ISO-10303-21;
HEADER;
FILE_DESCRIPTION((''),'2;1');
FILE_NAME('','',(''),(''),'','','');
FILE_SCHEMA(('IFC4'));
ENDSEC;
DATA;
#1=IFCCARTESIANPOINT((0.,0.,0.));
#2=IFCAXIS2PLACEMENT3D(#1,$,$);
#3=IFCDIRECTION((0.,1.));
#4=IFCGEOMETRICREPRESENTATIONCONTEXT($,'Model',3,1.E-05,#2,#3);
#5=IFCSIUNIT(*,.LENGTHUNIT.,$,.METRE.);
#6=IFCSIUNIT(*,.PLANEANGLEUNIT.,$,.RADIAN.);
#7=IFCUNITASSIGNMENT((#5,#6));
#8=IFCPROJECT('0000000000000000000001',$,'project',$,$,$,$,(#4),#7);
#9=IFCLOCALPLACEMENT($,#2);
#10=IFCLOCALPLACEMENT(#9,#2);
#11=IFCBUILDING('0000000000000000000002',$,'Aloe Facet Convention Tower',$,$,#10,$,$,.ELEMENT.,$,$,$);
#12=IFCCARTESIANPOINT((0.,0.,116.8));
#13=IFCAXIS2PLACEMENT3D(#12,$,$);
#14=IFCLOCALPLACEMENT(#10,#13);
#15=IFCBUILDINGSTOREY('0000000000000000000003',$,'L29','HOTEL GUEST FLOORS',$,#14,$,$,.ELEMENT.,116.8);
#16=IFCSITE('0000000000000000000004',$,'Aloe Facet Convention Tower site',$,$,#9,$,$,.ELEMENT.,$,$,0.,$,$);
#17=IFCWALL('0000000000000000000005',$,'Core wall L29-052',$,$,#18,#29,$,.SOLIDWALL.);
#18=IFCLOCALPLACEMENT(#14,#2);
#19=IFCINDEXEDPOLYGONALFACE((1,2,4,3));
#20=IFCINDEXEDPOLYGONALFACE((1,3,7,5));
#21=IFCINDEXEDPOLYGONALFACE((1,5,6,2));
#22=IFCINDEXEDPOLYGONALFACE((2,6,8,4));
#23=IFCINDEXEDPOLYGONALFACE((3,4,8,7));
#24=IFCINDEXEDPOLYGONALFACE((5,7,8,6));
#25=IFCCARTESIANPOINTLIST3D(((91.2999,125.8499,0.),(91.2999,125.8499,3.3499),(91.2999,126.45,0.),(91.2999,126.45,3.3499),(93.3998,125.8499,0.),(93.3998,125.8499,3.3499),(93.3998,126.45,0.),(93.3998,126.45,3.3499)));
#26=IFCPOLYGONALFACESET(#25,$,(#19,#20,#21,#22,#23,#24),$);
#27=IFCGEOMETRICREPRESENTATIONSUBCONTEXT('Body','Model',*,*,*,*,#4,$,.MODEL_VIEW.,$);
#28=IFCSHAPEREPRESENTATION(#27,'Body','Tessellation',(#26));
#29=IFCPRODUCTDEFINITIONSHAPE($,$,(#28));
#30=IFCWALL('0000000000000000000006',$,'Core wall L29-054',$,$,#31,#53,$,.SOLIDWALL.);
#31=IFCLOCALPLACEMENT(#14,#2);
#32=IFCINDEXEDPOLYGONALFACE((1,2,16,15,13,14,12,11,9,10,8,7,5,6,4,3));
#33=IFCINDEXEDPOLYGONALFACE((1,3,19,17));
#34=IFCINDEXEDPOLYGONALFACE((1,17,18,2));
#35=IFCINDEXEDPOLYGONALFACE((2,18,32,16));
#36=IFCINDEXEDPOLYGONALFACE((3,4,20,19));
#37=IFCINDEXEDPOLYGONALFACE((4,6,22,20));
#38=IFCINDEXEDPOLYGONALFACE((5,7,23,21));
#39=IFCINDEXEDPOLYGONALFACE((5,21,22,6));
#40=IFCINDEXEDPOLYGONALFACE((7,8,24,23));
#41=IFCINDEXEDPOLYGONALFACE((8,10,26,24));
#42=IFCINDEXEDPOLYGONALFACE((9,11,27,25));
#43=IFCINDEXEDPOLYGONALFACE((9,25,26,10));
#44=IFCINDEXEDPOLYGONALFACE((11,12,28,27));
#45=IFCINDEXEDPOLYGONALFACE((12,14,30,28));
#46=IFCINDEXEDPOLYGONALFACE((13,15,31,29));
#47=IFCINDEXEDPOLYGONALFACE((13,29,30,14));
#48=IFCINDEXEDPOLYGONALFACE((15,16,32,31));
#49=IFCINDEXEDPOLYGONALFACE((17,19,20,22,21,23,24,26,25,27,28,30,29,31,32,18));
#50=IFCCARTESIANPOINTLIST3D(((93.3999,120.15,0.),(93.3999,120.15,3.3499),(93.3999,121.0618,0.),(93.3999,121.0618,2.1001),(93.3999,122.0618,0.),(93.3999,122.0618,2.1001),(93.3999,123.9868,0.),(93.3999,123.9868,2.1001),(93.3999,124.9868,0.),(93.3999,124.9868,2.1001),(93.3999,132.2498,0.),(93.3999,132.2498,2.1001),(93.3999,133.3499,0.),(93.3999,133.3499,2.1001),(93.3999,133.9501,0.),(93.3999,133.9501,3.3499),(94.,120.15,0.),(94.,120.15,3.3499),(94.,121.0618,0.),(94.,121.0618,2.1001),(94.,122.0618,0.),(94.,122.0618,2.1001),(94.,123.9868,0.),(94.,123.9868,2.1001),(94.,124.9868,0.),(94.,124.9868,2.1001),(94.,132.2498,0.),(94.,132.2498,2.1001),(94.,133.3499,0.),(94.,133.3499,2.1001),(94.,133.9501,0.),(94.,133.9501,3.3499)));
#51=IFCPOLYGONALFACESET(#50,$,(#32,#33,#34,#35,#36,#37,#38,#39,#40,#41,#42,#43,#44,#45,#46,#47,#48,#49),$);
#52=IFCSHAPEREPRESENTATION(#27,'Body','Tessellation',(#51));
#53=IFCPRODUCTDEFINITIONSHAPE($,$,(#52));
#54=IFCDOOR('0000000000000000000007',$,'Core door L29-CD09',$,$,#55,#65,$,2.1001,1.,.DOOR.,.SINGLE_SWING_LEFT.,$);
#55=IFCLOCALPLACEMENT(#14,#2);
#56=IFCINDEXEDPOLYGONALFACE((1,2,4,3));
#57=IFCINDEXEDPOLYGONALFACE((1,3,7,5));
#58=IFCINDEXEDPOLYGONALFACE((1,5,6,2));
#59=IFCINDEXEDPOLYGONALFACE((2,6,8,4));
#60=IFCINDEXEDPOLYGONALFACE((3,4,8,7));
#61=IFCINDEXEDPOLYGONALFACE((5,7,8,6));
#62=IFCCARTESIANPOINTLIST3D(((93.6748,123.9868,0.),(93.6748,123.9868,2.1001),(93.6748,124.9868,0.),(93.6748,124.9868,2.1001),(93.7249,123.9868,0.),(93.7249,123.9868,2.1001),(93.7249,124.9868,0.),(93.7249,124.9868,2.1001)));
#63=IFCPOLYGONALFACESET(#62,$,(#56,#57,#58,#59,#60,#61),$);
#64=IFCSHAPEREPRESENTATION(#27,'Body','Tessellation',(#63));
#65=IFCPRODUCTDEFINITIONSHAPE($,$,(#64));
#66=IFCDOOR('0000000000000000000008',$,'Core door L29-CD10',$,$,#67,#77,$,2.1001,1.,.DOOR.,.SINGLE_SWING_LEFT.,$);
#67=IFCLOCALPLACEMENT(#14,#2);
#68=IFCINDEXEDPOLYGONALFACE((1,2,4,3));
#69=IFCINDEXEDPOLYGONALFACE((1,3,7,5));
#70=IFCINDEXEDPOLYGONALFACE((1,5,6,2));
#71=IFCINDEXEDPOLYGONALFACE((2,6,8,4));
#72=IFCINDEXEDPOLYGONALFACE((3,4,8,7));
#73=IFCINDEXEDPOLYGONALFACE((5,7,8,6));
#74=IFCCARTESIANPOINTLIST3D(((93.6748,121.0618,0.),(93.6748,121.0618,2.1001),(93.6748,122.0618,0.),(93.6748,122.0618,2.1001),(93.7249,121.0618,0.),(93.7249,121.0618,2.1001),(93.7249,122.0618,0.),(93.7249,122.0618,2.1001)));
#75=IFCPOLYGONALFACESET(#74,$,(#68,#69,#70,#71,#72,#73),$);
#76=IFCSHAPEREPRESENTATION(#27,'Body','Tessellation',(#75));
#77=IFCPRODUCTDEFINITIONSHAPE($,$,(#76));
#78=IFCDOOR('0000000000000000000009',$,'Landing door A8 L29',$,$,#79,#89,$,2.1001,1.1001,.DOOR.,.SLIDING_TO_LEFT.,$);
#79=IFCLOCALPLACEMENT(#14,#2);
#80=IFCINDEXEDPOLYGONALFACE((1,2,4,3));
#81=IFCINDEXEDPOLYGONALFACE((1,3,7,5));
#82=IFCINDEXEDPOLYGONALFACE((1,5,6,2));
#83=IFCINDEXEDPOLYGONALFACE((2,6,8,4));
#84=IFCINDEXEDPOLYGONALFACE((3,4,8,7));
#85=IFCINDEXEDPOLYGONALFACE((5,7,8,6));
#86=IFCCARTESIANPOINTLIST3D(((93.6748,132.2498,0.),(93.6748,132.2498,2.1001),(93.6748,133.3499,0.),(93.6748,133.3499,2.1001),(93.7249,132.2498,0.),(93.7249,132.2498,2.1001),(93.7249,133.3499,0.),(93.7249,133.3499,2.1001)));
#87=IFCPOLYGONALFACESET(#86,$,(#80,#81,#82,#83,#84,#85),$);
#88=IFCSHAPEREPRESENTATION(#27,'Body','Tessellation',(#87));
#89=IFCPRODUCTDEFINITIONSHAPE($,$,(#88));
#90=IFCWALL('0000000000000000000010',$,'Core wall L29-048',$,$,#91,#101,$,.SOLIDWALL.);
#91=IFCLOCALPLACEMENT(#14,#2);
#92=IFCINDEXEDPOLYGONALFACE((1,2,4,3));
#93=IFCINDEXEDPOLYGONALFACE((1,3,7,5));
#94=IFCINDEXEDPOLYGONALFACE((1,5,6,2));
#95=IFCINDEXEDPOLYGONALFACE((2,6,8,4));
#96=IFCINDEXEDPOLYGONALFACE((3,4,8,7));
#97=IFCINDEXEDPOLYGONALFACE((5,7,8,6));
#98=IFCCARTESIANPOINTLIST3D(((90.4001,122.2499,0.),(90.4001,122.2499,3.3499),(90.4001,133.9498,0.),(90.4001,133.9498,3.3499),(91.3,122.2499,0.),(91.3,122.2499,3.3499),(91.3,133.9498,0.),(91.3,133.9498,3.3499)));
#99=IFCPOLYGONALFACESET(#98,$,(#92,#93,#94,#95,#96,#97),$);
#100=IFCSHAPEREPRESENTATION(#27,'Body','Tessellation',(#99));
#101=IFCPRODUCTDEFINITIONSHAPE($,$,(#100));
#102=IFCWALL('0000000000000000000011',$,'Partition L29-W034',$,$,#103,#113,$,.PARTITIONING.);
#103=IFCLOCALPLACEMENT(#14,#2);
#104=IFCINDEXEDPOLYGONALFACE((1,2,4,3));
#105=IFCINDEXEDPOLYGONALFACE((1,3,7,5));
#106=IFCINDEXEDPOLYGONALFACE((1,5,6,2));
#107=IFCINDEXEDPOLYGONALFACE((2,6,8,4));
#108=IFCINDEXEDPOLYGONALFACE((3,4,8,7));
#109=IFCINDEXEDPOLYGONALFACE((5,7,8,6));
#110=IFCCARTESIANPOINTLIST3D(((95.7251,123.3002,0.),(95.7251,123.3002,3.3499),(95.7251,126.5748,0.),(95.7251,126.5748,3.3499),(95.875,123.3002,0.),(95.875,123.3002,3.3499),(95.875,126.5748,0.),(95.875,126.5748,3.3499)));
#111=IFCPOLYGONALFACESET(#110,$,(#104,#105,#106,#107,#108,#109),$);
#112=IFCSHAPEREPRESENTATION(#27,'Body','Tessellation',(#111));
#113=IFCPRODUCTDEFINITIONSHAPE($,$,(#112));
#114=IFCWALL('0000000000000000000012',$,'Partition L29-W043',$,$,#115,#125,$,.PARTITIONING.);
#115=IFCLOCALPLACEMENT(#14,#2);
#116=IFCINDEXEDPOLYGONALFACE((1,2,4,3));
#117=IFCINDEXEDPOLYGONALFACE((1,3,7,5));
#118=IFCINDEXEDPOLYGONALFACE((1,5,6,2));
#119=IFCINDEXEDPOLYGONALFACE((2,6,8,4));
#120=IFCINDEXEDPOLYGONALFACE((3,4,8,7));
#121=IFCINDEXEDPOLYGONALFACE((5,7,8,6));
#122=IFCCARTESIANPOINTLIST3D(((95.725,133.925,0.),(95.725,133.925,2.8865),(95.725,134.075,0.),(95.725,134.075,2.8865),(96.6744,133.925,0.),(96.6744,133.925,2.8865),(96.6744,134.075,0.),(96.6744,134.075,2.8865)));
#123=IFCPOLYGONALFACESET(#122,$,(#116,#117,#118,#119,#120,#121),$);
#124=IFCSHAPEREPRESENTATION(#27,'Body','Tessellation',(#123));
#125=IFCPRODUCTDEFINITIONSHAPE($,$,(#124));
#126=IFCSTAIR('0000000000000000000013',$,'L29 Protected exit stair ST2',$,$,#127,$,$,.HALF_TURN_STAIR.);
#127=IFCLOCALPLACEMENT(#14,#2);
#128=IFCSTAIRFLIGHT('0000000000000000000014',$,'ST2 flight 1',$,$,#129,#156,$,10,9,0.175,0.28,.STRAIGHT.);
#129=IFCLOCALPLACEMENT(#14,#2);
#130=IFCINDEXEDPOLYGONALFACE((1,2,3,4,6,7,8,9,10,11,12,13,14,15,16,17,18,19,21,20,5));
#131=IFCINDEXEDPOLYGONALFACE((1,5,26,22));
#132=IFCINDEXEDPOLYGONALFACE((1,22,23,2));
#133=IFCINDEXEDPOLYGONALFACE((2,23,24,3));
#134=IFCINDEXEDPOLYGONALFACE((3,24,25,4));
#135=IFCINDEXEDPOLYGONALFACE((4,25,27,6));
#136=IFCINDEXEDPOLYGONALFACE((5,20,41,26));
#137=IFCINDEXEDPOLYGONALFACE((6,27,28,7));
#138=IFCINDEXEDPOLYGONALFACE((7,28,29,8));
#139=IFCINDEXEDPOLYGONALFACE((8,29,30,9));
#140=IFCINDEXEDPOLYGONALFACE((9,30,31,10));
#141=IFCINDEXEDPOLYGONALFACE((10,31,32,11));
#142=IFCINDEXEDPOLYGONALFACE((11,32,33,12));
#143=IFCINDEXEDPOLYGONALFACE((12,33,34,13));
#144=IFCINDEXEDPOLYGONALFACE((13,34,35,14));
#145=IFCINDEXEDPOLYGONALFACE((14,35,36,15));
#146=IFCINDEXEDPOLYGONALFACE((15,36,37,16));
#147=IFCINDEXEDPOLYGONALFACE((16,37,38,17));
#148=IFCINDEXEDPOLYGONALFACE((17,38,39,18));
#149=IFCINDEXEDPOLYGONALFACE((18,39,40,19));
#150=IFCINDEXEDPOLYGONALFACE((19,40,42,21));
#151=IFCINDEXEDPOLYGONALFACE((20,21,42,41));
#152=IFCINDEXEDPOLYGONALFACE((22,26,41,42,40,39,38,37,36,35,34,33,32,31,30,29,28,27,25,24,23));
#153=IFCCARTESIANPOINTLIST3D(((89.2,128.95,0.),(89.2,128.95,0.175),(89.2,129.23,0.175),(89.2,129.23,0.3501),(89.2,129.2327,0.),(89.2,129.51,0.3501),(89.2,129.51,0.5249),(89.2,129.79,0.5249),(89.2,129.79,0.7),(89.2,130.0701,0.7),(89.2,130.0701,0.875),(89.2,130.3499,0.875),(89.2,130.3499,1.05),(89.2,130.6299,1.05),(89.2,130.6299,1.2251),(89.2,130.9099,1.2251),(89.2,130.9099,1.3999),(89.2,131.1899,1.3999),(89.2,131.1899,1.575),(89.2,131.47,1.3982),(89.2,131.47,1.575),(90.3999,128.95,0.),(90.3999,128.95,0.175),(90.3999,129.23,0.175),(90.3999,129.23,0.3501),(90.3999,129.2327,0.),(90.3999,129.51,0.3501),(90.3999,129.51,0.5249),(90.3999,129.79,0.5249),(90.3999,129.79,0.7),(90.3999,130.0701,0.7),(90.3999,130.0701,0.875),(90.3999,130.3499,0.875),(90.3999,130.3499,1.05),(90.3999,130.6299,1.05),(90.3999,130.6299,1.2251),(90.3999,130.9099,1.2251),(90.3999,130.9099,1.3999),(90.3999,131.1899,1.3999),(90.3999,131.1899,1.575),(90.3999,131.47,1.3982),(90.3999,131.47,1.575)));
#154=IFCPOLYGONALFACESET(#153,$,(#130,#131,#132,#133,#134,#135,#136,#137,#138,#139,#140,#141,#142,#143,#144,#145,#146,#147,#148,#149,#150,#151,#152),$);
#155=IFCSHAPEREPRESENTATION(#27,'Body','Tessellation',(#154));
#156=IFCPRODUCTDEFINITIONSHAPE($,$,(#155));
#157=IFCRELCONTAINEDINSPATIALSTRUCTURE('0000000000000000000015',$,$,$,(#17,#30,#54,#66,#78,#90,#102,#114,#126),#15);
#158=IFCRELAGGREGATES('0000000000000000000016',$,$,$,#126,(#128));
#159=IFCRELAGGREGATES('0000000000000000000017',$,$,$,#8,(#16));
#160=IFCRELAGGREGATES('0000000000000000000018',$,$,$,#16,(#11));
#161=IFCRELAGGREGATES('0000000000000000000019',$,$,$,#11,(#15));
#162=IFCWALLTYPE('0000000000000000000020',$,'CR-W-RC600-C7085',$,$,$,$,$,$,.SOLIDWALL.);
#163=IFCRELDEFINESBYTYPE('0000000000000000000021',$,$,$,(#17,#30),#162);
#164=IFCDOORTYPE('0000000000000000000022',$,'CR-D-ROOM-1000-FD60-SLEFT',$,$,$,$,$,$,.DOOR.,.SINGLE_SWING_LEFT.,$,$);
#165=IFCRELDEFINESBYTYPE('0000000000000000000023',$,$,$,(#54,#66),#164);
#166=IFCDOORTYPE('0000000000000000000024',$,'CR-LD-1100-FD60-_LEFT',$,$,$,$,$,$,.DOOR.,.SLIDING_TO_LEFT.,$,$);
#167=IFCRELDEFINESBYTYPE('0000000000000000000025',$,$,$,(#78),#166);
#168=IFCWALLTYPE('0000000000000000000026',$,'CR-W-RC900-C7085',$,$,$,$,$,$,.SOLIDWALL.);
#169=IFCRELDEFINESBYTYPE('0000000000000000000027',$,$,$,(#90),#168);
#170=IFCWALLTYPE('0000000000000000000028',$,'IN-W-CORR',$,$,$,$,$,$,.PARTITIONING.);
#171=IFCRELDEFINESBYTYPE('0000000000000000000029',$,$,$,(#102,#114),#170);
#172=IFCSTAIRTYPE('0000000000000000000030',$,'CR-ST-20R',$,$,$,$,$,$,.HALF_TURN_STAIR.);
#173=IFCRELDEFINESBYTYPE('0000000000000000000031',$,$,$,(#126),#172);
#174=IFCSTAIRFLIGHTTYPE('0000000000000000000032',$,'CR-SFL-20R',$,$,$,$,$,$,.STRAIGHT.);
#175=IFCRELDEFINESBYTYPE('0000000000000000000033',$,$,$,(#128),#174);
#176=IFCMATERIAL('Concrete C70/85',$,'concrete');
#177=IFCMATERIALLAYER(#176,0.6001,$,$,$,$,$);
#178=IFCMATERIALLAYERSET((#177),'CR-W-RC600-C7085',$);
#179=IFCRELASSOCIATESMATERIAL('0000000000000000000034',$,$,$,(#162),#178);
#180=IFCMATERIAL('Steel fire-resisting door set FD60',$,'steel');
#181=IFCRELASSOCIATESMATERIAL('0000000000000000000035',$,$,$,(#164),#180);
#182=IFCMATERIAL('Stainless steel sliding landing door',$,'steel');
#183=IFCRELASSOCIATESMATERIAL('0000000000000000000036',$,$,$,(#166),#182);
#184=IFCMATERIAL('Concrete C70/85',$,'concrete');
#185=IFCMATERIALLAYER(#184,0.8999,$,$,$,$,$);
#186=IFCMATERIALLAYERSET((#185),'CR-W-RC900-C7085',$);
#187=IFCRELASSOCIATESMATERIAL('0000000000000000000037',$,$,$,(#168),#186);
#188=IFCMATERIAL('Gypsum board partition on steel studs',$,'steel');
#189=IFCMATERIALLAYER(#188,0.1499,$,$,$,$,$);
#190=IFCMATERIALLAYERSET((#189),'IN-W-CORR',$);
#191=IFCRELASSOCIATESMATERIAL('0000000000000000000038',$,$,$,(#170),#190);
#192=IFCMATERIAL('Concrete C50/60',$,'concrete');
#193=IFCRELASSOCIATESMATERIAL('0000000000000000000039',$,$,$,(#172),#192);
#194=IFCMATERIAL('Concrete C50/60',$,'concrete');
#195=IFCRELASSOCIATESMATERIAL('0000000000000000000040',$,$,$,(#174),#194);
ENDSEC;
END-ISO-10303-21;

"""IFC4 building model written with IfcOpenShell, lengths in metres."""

from ifc_helpers import new_model, si_unit, direction, frame, frame_2d, origin, place, context, subcontext, project, spatial, polyline, rectangle, outline, extrude, material, layer, layer_set, type_object, element, fill, aggregate, save


model = new_model("IFC4")

# Units and contexts
model_context = context("Model", 3, precision=1e-05, world=origin(), true_north=direction((0.0, 1.0)))
body_context = subcontext(model_context, "Body", "Model", "MODEL_VIEW")
ifc_project = project(units=[si_unit("LENGTHUNIT", "METRE"), si_unit("PLANEANGLEUNIT", "RADIAN")], contexts=[model_context])

# Site, building, storey
site_placement = place(None, origin())
site = spatial("IfcSite", under=ifc_project, at=site_placement, Name="Aloe Facet Convention Tower site", CompositionType="ELEMENT", RefElevation=0.0)
building_placement = place(site_placement, origin())
building = spatial("IfcBuilding", under=site, at=building_placement, Name="Aloe Facet Convention Tower", CompositionType="ELEMENT")
storey_placement = place(building_placement, frame((0.0, 0.0, 116.8)))
storey = spatial("IfcBuildingStorey", under=building, at=storey_placement, Name="L29", Description="HOTEL GUEST FLOORS", CompositionType="ELEMENT", Elevation=116.8)

# Wall
ifc_material_1 = material(Name="Concrete C70/85", Category="concrete")
ifc_layer_1 = layer(ifc_material_1, 0.6001)
ifc_layer_set_1 = layer_set([ifc_layer_1], Name="CR-W-RC600-C7085")
wall_type_1 = type_object("IfcWallType", Name="CR-W-RC600-C7085", PredefinedType="SOLIDWALL", material=ifc_layer_set_1)
wall_1_placement = place(storey_placement, frame((91.3, 126.1499, 0.0), z_axis=(0.0, 0.0, 1.0), x_axis=(1.0, 0.0, 0.0)))
element("IfcWall", 1, at=wall_1_placement, inside=storey, type_object=wall_type_1, Name="Core wall L29-052", PredefinedType="SOLIDWALL", context=body_context, shape_type="SweptSolid", body=[
    extrude(rectangle(XDim=2.0999, YDim=0.6001, at=frame_2d((1.0498, 0.0))), origin(), (0.0, 0.0, 1.0), 3.3499),
])

# Wall, openings, doors
wall_2_placement = place(storey_placement, frame((93.7, 133.95, 0.0), z_axis=(0.0, 0.0, 1.0), x_axis=(0.0, -1.0, 0.0)))
wall_2 = element("IfcWall", 2, at=wall_2_placement, inside=storey, type_object=wall_type_1, Name="Core wall L29-054", PredefinedType="SOLIDWALL", context=body_context, shape_type="SweptSolid", body=[
    extrude(rectangle(XDim=13.8, YDim=0.6001, at=frame_2d((6.8999, 0.0))), origin(), (0.0, 0.0, 1.0), 3.3499),
])
opening_1_placement = place(wall_2_placement, frame((0.6001, 0.0, 0.0)))
opening_1 = element("IfcOpeningElement", 3, at=opening_1_placement, cuts=wall_2, PredefinedType="OPENING", context=body_context, shape_type="SweptSolid", body=[
    extrude(rectangle(XDim=1.1001, YDim=2.1001, at=frame_2d((0.55, 1.05))), frame((0.0, 0.3101, 0.0), z_axis=(0.0, -1.0, 0.0), x_axis=(1.0, 0.0, 0.0)), (0.0, 0.0, 1.0), 0.6201),
])
opening_2_placement = place(wall_2_placement, frame((8.9631, 0.0, 0.0)))
opening_2 = element("IfcOpeningElement", 4, at=opening_2_placement, cuts=wall_2, PredefinedType="OPENING", context=body_context, shape_type="SweptSolid", body=[
    extrude(rectangle(XDim=1.0, YDim=2.1001, at=frame_2d((0.5, 1.05))), frame((0.0, 0.3101, 0.0), z_axis=(0.0, -1.0, 0.0), x_axis=(1.0, 0.0, 0.0)), (0.0, 0.0, 1.0), 0.6201),
])
opening_3_placement = place(wall_2_placement, frame((11.8882, 0.0, 0.0)))
opening_3 = element("IfcOpeningElement", 5, at=opening_3_placement, cuts=wall_2, PredefinedType="OPENING", context=body_context, shape_type="SweptSolid", body=[
    extrude(rectangle(XDim=1.0, YDim=2.1001, at=frame_2d((0.5, 1.05))), frame((0.0, 0.3101, 0.0), z_axis=(0.0, -1.0, 0.0), x_axis=(1.0, 0.0, 0.0)), (0.0, 0.0, 1.0), 0.6201),
])
ifc_material_2 = material(Name="Steel fire-resisting door set FD60", Category="steel")
door_type_1 = type_object("IfcDoorType", Name="CR-D-ROOM-1000-FD60-SLEFT", OperationType="SINGLE_SWING_LEFT", PredefinedType="DOOR", material=ifc_material_2)
door_1_placement = place(opening_2_placement, origin())
door_1 = element("IfcDoor", 6, at=door_1_placement, inside=storey, type_object=door_type_1, Name="Core door L29-CD09", OperationType="SINGLE_SWING_LEFT", OverallHeight=2.1001, OverallWidth=1.0, PredefinedType="DOOR", context=body_context, shape_type="SweptSolid", body=[
    extrude(rectangle(XDim=1.0, YDim=2.1001, at=frame_2d((0.5, 1.05))), frame((0.0, 0.0249, 0.0), z_axis=(0.0, -1.0, 0.0), x_axis=(1.0, 0.0, 0.0)), (0.0, 0.0, 1.0), 0.05),
])
fill(opening_2, door_1)
door_2_placement = place(opening_3_placement, origin())
door_2 = element("IfcDoor", 7, at=door_2_placement, inside=storey, type_object=door_type_1, Name="Core door L29-CD10", OperationType="SINGLE_SWING_LEFT", OverallHeight=2.1001, OverallWidth=1.0, PredefinedType="DOOR", context=body_context, shape_type="SweptSolid", body=[
    extrude(rectangle(XDim=1.0, YDim=2.1001, at=frame_2d((0.5, 1.05))), frame((0.0, 0.0249, 0.0), z_axis=(0.0, -1.0, 0.0), x_axis=(1.0, 0.0, 0.0)), (0.0, 0.0, 1.0), 0.05),
])
fill(opening_3, door_2)
ifc_material_3 = material(Name="Stainless steel sliding landing door", Category="steel")
door_type_2 = type_object("IfcDoorType", Name="CR-LD-1100-FD60-_LEFT", OperationType="SLIDING_TO_LEFT", PredefinedType="DOOR", material=ifc_material_3)
door_3_placement = place(opening_1_placement, origin())
door_3 = element("IfcDoor", 8, at=door_3_placement, inside=storey, type_object=door_type_2, Name="Landing door A8 L29", OperationType="SLIDING_TO_LEFT", OverallHeight=2.1001, OverallWidth=1.1001, PredefinedType="DOOR", context=body_context, shape_type="SweptSolid", body=[
    extrude(rectangle(XDim=1.1001, YDim=2.1001, at=frame_2d((0.55, 1.05))), frame((0.0, 0.0249, 0.0), z_axis=(0.0, -1.0, 0.0), x_axis=(1.0, 0.0, 0.0)), (0.0, 0.0, 1.0), 0.05),
])
fill(opening_1, door_3)

# Walls
ifc_material_4 = material(Name="Concrete C70/85", Category="concrete")
ifc_layer_2 = layer(ifc_material_4, 0.8999)
ifc_layer_set_2 = layer_set([ifc_layer_2], Name="CR-W-RC900-C7085")
wall_type_2 = type_object("IfcWallType", Name="CR-W-RC900-C7085", PredefinedType="SOLIDWALL", material=ifc_layer_set_2)
wall_3_placement = place(storey_placement, frame((90.8501, 133.95, 0.0), z_axis=(0.0, 0.0, 1.0), x_axis=(0.0, -1.0, 0.0)))
element("IfcWall", 9, at=wall_3_placement, inside=storey, type_object=wall_type_2, Name="Core wall L29-048", PredefinedType="SOLIDWALL", context=body_context, shape_type="SweptSolid", body=[
    extrude(rectangle(XDim=11.7, YDim=0.8999, at=frame_2d((5.8501, 0.0))), origin(), (0.0, 0.0, 1.0), 3.3499),
])
ifc_material_5 = material(Name="Gypsum board partition on steel studs", Category="steel")
ifc_layer_3 = layer(ifc_material_5, 0.1499)
ifc_layer_set_3 = layer_set([ifc_layer_3], Name="IN-W-CORR")
wall_type_3 = type_object("IfcWallType", Name="IN-W-CORR", PredefinedType="PARTITIONING", material=ifc_layer_set_3)
wall_4_placement = place(storey_placement, frame((95.8, 123.3003, 0.0), z_axis=(0.0, 0.0, 1.0), x_axis=(0.0, 1.0, 0.0)))
element("IfcWall", 10, at=wall_4_placement, inside=storey, type_object=wall_type_3, Name="Partition L29-W034", PredefinedType="PARTITIONING", context=body_context, shape_type="SweptSolid", body=[
    extrude(rectangle(XDim=3.2747, YDim=0.1499, at=frame_2d((1.6372, 0.0))), origin(), (0.0, 0.0, 1.0), 3.3499),
])
wall_5_placement = place(storey_placement, frame((95.7251, 134.0, 0.0), z_axis=(0.0, 0.0, 1.0), x_axis=(1.0, 0.0, 0.0)))
element("IfcWall", 11, at=wall_5_placement, inside=storey, type_object=wall_type_3, Name="Partition L29-W043", PredefinedType="PARTITIONING", context=body_context, shape_type="SweptSolid", body=[
    extrude(rectangle(XDim=0.9495, YDim=0.1499, at=frame_2d((0.4746, 0.0))), origin(), (0.0, 0.0, 1.0), 2.8865),
])

# Stair, stair flight
ifc_material_6 = material(Name="Concrete C50/60", Category="concrete")
stair_type = type_object("IfcStairType", Name="CR-ST-20R", PredefinedType="HALF_TURN_STAIR", material=ifc_material_6)
stair_placement = place(storey_placement, origin())
stair = element("IfcStair", 12, at=stair_placement, inside=storey, type_object=stair_type, Name="L29 Protected exit stair ST2", PredefinedType="HALF_TURN_STAIR")
ifc_material_7 = material(Name="Concrete C50/60", Category="concrete")
stair_flight_type = type_object("IfcStairFlightType", Name="CR-SFL-20R", PredefinedType="STRAIGHT", material=ifc_material_7)
stair_flight_placement = place(storey_placement, frame((89.8, 128.95, 0.0), z_axis=(0.0, 0.0, 1.0), x_axis=(0.0, 1.0, 0.0)))
stair_flight = element("IfcStairFlight", 13, at=stair_flight_placement, type_object=stair_flight_type, Name="ST2 flight 1", NumberOfRisers=10, NumberOfTreads=9, PredefinedType="STRAIGHT", RiserHeight=0.175, TreadLength=0.28, context=body_context, shape_type="SweptSolid", body=[
    extrude(outline(polyline([(0.0, 0.0), (0.0, 0.175), (0.28, 0.175), (0.28, 0.3501), (0.5601, 0.3501), (0.5601, 0.5249), (0.8401, 0.5249), (0.8401, 0.7), (1.1201, 0.7), (1.1201, 0.875), (1.3999, 0.875), (1.3999, 1.05), (1.6799, 1.05), (1.6799, 1.2251), (1.96, 1.2251), (1.96, 1.3999), (2.24, 1.3999), (2.24, 1.575), (2.52, 1.575), (2.52, 1.75), (2.52, 1.3982), (0.2827, 0.0), (0.0, 0.0)])), frame((0.0, 0.6001, 0.0), z_axis=(0.0, -1.0, 0.0), x_axis=(1.0, 0.0, 0.0)), (0.0, 0.0, 1.0), 1.2),
])
aggregate(stair, [stair_flight])

save(model, "model.ifc")
